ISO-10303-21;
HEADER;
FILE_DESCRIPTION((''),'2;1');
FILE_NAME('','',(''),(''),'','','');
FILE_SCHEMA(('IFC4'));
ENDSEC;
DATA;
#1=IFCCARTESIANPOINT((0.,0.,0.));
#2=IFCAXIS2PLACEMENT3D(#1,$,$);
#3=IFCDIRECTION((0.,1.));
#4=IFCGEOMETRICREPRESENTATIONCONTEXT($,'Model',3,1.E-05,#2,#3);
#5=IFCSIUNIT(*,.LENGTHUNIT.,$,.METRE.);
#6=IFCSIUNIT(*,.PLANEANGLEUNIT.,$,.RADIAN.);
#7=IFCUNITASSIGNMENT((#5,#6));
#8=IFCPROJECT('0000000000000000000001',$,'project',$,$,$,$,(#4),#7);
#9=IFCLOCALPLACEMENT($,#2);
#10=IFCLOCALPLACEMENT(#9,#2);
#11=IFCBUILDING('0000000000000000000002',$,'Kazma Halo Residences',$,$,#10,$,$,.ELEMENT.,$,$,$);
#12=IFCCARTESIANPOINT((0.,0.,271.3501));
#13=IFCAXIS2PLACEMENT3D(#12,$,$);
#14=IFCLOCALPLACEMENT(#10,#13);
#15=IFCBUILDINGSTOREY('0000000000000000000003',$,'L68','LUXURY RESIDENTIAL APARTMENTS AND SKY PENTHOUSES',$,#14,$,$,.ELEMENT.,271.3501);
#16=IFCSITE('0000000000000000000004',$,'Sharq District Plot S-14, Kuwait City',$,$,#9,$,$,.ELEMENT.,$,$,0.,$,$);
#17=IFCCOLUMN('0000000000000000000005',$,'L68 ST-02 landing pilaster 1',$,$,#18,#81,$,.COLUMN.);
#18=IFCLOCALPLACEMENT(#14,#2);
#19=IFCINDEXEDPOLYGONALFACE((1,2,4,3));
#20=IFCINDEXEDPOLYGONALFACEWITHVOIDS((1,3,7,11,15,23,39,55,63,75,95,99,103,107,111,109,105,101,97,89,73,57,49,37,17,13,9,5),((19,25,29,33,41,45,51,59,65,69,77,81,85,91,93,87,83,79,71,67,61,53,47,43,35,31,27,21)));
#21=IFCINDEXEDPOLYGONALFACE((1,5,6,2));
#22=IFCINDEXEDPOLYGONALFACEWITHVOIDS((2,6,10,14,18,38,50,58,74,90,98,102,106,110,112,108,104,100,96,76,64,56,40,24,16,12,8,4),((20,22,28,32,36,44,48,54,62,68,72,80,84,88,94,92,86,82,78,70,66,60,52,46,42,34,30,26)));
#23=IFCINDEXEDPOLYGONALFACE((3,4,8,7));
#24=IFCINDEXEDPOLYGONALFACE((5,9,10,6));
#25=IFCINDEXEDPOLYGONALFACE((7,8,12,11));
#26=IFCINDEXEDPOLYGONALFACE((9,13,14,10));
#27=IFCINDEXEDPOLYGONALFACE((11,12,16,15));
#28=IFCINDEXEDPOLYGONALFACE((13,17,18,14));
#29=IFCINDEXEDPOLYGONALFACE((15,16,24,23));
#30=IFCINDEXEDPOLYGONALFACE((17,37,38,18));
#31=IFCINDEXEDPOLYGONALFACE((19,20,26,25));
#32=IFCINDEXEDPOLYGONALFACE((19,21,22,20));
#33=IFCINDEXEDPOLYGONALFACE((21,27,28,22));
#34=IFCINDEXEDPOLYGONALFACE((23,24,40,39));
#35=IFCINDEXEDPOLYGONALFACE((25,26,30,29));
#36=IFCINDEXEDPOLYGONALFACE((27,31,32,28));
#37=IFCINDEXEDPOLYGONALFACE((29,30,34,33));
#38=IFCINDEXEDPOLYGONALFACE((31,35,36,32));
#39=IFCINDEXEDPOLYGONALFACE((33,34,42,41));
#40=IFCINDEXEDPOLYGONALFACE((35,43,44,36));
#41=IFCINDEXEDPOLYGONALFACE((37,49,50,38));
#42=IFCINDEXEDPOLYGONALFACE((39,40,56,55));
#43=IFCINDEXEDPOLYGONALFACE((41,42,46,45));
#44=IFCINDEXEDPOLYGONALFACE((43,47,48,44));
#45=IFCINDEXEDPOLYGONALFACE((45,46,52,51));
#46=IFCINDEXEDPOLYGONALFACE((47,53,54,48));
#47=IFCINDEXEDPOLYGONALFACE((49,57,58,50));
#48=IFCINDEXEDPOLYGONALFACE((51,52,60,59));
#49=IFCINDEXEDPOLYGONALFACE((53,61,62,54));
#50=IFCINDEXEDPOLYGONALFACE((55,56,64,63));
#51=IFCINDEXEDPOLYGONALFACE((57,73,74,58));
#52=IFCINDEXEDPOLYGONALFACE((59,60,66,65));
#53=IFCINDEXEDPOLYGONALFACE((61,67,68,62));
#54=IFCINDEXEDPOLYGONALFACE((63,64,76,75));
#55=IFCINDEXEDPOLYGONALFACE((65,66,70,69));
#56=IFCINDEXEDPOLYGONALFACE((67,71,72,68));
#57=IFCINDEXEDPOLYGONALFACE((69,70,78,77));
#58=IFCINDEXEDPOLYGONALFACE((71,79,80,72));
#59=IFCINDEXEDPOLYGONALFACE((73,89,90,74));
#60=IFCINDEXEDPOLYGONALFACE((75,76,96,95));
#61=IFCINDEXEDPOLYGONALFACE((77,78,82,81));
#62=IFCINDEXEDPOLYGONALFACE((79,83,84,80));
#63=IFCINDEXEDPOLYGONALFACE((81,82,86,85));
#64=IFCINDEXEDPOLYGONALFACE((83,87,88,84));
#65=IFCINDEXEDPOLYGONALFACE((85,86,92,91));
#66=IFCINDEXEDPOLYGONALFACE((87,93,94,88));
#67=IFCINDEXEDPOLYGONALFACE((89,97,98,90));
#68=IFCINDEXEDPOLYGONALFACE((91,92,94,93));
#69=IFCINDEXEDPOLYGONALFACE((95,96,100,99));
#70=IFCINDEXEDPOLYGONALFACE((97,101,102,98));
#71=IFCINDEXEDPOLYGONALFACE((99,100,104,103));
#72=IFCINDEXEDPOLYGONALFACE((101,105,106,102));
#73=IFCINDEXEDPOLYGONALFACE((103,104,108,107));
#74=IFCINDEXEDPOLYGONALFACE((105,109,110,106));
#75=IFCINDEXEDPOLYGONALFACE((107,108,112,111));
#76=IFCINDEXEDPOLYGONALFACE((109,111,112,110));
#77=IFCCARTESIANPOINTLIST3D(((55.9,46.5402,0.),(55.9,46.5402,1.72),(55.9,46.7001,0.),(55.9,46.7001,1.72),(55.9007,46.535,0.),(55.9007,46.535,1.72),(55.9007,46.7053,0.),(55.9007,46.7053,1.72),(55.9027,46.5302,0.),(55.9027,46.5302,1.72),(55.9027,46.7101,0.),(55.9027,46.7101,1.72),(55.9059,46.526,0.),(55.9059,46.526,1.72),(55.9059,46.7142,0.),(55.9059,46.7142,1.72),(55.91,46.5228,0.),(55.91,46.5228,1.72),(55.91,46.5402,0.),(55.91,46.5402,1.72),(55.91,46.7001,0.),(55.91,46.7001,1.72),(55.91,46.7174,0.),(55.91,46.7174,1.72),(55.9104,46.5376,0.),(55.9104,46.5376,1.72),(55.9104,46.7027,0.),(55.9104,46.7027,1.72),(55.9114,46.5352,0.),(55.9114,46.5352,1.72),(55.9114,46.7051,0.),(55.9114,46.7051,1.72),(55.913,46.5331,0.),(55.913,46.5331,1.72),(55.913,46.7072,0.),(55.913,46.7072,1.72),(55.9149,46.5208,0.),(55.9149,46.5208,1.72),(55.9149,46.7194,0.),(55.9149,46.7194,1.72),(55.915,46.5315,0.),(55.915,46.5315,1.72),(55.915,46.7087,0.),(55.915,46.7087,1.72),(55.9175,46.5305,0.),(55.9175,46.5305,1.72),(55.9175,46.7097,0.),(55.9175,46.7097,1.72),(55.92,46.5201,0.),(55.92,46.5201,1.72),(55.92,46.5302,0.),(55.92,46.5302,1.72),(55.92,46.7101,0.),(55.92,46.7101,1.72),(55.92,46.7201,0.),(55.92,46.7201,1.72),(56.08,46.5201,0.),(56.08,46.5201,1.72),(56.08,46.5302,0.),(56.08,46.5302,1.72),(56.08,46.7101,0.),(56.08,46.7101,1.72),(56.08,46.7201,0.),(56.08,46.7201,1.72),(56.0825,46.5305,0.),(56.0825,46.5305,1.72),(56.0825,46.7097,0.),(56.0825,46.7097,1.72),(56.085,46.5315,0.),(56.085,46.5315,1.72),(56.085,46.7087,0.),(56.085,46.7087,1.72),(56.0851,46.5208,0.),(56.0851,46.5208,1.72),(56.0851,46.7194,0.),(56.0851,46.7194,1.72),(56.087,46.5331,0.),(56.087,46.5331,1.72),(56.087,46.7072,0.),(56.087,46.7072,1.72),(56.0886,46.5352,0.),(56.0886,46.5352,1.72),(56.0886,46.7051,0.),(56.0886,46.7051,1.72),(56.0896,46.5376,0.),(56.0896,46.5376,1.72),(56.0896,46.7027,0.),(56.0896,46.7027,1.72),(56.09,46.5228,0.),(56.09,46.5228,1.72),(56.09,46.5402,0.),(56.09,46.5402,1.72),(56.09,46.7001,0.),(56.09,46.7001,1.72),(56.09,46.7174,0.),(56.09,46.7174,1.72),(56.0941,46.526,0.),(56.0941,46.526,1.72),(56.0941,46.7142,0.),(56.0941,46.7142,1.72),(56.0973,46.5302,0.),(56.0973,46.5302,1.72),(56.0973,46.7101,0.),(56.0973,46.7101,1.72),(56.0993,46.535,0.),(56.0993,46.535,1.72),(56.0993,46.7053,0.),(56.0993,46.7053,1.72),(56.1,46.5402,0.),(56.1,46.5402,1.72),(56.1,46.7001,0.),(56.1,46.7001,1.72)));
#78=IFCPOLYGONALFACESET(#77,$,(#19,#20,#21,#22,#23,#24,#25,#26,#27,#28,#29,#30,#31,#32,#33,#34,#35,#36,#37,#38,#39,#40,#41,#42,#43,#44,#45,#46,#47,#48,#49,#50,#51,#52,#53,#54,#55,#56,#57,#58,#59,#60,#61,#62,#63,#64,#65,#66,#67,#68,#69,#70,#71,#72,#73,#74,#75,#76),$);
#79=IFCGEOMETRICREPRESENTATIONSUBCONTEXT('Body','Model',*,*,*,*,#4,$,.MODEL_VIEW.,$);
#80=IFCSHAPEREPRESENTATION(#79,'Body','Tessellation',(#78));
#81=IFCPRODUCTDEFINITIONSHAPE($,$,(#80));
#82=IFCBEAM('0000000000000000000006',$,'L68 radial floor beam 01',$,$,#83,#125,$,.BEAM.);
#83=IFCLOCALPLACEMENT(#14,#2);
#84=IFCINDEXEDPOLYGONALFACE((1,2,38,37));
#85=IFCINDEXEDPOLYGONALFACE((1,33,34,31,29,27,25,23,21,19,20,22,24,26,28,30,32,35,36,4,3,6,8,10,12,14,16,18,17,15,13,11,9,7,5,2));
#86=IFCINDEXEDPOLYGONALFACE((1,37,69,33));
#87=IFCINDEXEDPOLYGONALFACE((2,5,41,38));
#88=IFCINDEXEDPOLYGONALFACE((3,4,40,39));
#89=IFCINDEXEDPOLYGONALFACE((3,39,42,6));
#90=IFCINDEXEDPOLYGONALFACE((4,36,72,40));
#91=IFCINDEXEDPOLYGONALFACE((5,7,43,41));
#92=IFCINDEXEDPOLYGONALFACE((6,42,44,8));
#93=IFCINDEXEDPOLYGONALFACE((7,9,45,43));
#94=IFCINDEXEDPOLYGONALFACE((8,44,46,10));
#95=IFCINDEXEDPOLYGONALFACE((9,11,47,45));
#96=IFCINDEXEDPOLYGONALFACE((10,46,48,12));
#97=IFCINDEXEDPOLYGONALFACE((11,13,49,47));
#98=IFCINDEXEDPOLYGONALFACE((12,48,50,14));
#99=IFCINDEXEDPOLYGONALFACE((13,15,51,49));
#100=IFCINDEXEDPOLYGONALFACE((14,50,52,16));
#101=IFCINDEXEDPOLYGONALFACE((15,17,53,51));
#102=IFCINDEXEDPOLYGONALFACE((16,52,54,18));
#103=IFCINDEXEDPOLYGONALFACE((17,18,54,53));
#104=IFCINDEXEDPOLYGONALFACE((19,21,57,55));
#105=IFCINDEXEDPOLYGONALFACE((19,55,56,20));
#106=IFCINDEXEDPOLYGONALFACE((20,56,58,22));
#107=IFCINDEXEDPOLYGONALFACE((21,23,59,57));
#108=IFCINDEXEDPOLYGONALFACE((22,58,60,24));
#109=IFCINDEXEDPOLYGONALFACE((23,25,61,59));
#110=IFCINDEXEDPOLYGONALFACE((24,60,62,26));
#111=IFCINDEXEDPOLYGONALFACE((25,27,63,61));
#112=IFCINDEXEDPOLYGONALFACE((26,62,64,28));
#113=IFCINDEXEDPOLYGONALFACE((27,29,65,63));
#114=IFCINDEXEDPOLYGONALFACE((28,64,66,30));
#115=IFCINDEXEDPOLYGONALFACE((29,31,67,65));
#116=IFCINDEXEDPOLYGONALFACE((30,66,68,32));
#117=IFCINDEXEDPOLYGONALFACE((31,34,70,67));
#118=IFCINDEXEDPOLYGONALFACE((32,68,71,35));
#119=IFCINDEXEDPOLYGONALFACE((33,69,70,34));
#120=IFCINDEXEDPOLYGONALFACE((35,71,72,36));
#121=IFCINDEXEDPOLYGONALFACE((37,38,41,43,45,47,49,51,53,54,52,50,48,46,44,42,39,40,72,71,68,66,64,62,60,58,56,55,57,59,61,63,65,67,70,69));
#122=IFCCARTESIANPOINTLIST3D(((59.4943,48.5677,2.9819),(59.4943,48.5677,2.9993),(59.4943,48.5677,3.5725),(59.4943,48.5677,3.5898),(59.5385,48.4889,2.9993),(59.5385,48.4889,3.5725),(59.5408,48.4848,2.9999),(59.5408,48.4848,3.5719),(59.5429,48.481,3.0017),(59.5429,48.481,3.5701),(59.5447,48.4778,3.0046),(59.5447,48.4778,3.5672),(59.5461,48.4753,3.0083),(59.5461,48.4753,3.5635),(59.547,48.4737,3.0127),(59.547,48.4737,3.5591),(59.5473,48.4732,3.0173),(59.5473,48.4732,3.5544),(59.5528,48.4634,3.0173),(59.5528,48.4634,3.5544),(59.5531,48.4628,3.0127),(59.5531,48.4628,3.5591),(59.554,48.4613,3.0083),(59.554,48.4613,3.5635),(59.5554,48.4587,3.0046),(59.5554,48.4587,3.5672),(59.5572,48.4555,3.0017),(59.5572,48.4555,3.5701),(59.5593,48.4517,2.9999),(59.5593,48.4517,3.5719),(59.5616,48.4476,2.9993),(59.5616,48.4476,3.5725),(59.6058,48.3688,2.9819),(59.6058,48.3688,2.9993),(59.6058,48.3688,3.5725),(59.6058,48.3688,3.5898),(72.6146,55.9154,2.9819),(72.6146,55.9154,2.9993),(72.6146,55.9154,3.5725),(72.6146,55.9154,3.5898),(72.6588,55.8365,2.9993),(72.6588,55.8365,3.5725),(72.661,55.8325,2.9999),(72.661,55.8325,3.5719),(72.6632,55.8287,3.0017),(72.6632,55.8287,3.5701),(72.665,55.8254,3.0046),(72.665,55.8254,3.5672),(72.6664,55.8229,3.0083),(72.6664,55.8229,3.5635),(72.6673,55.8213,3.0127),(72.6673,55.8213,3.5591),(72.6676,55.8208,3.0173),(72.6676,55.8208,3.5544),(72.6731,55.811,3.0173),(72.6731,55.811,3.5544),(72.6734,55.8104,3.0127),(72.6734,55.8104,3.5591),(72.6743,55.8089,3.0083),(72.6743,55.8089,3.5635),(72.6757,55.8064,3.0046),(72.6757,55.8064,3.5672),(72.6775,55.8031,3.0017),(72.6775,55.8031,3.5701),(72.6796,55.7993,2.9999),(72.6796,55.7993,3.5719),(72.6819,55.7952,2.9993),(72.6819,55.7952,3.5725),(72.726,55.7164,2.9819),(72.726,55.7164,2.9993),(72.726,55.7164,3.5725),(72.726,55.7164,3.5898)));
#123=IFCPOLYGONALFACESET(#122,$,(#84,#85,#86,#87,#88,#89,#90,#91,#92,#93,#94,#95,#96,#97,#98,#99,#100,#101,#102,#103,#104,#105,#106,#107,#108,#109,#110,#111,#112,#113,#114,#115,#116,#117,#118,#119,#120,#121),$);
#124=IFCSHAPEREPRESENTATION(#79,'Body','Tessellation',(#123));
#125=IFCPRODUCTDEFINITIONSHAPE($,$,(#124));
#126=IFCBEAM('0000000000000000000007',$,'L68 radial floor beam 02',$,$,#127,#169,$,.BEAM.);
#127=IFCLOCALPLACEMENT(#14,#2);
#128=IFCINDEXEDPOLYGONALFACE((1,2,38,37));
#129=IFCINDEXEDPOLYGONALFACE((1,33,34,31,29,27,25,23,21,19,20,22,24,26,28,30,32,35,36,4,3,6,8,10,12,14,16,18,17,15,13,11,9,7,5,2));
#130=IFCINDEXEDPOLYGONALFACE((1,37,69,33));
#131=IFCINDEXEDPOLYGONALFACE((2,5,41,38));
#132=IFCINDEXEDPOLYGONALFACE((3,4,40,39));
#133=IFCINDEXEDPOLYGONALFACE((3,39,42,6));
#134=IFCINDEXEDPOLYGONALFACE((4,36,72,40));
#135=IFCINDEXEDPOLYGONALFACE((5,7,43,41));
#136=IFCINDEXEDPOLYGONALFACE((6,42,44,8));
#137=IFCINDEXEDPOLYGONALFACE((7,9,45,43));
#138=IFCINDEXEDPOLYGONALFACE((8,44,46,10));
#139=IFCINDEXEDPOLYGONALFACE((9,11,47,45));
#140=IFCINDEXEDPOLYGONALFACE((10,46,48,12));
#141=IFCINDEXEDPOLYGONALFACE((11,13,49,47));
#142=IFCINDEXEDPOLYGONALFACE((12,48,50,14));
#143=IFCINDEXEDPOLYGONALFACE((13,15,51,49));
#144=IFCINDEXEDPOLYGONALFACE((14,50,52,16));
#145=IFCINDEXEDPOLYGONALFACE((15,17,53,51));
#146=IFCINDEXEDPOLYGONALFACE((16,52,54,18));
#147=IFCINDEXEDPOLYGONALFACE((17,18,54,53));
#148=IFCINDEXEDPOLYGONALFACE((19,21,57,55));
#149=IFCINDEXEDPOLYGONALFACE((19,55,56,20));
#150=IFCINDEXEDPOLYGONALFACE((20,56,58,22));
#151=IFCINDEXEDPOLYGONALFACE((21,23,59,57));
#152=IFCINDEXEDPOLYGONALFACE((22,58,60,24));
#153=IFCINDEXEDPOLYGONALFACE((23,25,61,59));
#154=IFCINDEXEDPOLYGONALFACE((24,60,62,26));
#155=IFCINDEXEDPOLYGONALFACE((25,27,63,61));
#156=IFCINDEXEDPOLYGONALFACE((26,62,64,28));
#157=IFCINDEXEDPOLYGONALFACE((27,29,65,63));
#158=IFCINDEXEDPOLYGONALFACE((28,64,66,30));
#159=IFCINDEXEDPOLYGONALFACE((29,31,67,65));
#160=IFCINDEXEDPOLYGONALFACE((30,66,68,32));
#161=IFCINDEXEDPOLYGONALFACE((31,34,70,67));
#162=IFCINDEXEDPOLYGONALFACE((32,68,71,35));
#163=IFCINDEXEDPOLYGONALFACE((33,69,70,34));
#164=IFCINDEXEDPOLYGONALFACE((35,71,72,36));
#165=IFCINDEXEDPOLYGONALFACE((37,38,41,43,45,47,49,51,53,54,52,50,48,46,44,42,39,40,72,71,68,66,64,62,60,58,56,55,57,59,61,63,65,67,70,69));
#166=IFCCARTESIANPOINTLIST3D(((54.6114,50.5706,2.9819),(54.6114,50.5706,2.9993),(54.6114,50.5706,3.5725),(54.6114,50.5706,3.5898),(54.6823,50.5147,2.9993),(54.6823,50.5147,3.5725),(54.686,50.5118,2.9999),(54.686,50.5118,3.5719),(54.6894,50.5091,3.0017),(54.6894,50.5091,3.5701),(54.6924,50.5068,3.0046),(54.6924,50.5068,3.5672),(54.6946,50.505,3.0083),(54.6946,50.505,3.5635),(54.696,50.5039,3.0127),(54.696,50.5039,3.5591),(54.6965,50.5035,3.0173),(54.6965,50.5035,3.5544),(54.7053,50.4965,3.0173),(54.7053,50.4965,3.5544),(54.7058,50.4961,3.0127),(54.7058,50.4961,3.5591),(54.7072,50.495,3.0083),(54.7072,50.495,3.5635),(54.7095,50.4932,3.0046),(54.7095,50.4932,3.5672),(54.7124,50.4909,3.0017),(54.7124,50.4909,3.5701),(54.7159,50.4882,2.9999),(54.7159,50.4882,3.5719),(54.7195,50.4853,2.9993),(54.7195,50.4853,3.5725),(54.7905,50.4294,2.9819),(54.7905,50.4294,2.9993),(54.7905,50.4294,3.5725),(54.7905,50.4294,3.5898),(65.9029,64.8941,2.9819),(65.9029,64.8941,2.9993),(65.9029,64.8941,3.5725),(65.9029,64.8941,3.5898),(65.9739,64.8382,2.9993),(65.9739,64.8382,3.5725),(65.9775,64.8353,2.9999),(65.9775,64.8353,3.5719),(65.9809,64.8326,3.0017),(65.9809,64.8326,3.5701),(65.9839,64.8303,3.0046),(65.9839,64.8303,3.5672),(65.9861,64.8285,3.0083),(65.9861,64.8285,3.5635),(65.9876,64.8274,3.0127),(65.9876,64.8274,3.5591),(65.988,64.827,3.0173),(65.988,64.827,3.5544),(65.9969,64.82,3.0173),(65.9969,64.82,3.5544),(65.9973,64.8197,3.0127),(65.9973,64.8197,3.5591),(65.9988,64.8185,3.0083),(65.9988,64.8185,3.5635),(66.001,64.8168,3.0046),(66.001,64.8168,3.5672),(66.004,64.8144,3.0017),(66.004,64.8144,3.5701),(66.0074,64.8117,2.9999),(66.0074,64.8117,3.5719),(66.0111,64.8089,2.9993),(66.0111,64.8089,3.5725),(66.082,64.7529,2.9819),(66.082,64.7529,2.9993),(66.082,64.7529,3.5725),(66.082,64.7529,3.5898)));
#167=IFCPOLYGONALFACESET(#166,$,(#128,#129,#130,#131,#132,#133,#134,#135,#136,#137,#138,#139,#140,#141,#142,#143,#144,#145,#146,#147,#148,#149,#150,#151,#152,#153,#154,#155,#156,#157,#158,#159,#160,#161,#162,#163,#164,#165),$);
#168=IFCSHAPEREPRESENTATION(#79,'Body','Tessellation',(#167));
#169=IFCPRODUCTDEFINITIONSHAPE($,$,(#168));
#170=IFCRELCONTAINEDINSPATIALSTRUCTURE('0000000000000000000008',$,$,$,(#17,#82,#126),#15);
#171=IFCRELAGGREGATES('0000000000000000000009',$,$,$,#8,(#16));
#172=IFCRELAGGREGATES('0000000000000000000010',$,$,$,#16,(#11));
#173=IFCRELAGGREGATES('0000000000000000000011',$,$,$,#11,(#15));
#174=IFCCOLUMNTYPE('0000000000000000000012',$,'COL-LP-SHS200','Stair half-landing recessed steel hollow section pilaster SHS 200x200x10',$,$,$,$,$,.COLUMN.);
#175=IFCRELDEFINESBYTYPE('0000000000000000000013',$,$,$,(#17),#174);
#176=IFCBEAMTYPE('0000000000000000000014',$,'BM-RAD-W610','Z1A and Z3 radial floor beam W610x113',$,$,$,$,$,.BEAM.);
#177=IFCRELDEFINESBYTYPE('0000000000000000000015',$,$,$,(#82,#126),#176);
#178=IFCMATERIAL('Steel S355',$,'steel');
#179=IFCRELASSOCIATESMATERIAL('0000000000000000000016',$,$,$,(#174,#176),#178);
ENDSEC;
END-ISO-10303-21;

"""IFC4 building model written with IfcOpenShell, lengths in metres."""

from ifc_helpers import new_model, si_unit, direction, frame, origin, origin_2d, place, context, subcontext, project, spatial, hollow_rectangle, i_section, extrude, material, material_profile, profile_set, type_object, element, save


model = new_model("IFC4")

# Units and contexts
model_context = context("Model", 3, precision=1e-05, world=origin(), true_north=direction((0.0, 1.0)))
body_context = subcontext(model_context, "Body", "Model", "MODEL_VIEW")
ifc_project = project(units=[si_unit("LENGTHUNIT", "METRE"), si_unit("PLANEANGLEUNIT", "RADIAN")], contexts=[model_context])

# Site, building, storey
site_placement = place(None, origin())
site = spatial("IfcSite", under=ifc_project, at=site_placement, Name="Sharq District Plot S-14, Kuwait City", CompositionType="ELEMENT", RefElevation=0.0)
building_placement = place(site_placement, origin())
building = spatial("IfcBuilding", under=site, at=building_placement, Name="Kazma Halo Residences", CompositionType="ELEMENT")
storey_placement = place(building_placement, frame((0.0, 0.0, 271.3501)))
storey = spatial("IfcBuildingStorey", under=building, at=storey_placement, Name="L68", Description="LUXURY RESIDENTIAL APARTMENTS AND SKY PENTHOUSES", CompositionType="ELEMENT", Elevation=271.3501)

# Column
ifc_material_1 = material(Name="Steel S355", Category="steel")
ifc_material_profile_1 = material_profile(ifc_material_1, hollow_rectangle(XDim=0.2, YDim=0.2, WallThickness=0.01, InnerFilletRadius=0.01, OuterFilletRadius=0.02, at=origin_2d()), Name="SHS200x200x10")
ifc_profile_set_1 = profile_set([ifc_material_profile_1], Name="Steel S355")
column_type = type_object("IfcColumnType", Name="COL-LP-SHS200", Description="Stair half-landing recessed steel hollow section pilaster SHS 200x200x10", PredefinedType="COLUMN", material=ifc_profile_set_1)
column_placement = place(storey_placement, frame((56.0, 46.6201, 0.0), z_axis=(0.0, 0.0, 1.0), x_axis=(1.0, 0.0, 0.0)))
element("IfcColumn", 1, at=column_placement, inside=storey, type_object=column_type, Name="L68 ST-02 landing pilaster 1", PredefinedType="COLUMN", context=body_context, shape_type="SweptSolid", body=[
    extrude(hollow_rectangle(XDim=0.2, YDim=0.2, WallThickness=0.01, InnerFilletRadius=0.01, OuterFilletRadius=0.02, at=origin_2d()), origin(), (0.0, 0.0, 1.0), 1.72),
])

# Beams
ifc_material_profile_2 = material_profile(ifc_material_1, i_section(OverallWidth=0.228, OverallDepth=0.6079, WebThickness=0.0112, FlangeThickness=0.0173, FilletRadius=0.0181, at=origin_2d()), Name="W610x113")
ifc_profile_set_2 = profile_set([ifc_material_profile_2], Name="Steel S355")
beam_type_1 = type_object("IfcBeamType", Name="BM-RAD-W610", Description="Z1A and Z3 radial floor beam W610x113", PredefinedType="BEAM", material=ifc_profile_set_2)
beam_1_placement = place(storey_placement, frame((59.55, 48.4683, 3.2859), z_axis=(0.872499, 0.488616, 0.0), x_axis=(-0.488616, 0.872499, 0.0)))
element("IfcBeam", 2, at=beam_1_placement, inside=storey, type_object=beam_type_1, Name="L68 radial floor beam 01", PredefinedType="BEAM", context=body_context, shape_type="SweptSolid", body=[
    extrude(i_section(OverallWidth=0.228, OverallDepth=0.6079, WebThickness=0.0112, FlangeThickness=0.0173, FilletRadius=0.0181, at=origin_2d()), origin(), (0.0, 0.0, 1.0), 15.0376),
])
beam_2_placement = place(storey_placement, frame((54.7009, 50.5, 3.2859), z_axis=(0.619086, 0.785323, 0.0), x_axis=(-0.785323, 0.619086, 0.0)))
element("IfcBeam", 3, at=beam_2_placement, inside=storey, type_object=beam_type_1, Name="L68 radial floor beam 02", PredefinedType="BEAM", context=body_context, shape_type="SweptSolid", body=[
    extrude(i_section(OverallWidth=0.228, OverallDepth=0.6079, WebThickness=0.0112, FlangeThickness=0.0173, FilletRadius=0.0181, at=origin_2d()), origin(), (0.0, 0.0, 1.0), 18.239),
])

save(model, "model.ifc")
